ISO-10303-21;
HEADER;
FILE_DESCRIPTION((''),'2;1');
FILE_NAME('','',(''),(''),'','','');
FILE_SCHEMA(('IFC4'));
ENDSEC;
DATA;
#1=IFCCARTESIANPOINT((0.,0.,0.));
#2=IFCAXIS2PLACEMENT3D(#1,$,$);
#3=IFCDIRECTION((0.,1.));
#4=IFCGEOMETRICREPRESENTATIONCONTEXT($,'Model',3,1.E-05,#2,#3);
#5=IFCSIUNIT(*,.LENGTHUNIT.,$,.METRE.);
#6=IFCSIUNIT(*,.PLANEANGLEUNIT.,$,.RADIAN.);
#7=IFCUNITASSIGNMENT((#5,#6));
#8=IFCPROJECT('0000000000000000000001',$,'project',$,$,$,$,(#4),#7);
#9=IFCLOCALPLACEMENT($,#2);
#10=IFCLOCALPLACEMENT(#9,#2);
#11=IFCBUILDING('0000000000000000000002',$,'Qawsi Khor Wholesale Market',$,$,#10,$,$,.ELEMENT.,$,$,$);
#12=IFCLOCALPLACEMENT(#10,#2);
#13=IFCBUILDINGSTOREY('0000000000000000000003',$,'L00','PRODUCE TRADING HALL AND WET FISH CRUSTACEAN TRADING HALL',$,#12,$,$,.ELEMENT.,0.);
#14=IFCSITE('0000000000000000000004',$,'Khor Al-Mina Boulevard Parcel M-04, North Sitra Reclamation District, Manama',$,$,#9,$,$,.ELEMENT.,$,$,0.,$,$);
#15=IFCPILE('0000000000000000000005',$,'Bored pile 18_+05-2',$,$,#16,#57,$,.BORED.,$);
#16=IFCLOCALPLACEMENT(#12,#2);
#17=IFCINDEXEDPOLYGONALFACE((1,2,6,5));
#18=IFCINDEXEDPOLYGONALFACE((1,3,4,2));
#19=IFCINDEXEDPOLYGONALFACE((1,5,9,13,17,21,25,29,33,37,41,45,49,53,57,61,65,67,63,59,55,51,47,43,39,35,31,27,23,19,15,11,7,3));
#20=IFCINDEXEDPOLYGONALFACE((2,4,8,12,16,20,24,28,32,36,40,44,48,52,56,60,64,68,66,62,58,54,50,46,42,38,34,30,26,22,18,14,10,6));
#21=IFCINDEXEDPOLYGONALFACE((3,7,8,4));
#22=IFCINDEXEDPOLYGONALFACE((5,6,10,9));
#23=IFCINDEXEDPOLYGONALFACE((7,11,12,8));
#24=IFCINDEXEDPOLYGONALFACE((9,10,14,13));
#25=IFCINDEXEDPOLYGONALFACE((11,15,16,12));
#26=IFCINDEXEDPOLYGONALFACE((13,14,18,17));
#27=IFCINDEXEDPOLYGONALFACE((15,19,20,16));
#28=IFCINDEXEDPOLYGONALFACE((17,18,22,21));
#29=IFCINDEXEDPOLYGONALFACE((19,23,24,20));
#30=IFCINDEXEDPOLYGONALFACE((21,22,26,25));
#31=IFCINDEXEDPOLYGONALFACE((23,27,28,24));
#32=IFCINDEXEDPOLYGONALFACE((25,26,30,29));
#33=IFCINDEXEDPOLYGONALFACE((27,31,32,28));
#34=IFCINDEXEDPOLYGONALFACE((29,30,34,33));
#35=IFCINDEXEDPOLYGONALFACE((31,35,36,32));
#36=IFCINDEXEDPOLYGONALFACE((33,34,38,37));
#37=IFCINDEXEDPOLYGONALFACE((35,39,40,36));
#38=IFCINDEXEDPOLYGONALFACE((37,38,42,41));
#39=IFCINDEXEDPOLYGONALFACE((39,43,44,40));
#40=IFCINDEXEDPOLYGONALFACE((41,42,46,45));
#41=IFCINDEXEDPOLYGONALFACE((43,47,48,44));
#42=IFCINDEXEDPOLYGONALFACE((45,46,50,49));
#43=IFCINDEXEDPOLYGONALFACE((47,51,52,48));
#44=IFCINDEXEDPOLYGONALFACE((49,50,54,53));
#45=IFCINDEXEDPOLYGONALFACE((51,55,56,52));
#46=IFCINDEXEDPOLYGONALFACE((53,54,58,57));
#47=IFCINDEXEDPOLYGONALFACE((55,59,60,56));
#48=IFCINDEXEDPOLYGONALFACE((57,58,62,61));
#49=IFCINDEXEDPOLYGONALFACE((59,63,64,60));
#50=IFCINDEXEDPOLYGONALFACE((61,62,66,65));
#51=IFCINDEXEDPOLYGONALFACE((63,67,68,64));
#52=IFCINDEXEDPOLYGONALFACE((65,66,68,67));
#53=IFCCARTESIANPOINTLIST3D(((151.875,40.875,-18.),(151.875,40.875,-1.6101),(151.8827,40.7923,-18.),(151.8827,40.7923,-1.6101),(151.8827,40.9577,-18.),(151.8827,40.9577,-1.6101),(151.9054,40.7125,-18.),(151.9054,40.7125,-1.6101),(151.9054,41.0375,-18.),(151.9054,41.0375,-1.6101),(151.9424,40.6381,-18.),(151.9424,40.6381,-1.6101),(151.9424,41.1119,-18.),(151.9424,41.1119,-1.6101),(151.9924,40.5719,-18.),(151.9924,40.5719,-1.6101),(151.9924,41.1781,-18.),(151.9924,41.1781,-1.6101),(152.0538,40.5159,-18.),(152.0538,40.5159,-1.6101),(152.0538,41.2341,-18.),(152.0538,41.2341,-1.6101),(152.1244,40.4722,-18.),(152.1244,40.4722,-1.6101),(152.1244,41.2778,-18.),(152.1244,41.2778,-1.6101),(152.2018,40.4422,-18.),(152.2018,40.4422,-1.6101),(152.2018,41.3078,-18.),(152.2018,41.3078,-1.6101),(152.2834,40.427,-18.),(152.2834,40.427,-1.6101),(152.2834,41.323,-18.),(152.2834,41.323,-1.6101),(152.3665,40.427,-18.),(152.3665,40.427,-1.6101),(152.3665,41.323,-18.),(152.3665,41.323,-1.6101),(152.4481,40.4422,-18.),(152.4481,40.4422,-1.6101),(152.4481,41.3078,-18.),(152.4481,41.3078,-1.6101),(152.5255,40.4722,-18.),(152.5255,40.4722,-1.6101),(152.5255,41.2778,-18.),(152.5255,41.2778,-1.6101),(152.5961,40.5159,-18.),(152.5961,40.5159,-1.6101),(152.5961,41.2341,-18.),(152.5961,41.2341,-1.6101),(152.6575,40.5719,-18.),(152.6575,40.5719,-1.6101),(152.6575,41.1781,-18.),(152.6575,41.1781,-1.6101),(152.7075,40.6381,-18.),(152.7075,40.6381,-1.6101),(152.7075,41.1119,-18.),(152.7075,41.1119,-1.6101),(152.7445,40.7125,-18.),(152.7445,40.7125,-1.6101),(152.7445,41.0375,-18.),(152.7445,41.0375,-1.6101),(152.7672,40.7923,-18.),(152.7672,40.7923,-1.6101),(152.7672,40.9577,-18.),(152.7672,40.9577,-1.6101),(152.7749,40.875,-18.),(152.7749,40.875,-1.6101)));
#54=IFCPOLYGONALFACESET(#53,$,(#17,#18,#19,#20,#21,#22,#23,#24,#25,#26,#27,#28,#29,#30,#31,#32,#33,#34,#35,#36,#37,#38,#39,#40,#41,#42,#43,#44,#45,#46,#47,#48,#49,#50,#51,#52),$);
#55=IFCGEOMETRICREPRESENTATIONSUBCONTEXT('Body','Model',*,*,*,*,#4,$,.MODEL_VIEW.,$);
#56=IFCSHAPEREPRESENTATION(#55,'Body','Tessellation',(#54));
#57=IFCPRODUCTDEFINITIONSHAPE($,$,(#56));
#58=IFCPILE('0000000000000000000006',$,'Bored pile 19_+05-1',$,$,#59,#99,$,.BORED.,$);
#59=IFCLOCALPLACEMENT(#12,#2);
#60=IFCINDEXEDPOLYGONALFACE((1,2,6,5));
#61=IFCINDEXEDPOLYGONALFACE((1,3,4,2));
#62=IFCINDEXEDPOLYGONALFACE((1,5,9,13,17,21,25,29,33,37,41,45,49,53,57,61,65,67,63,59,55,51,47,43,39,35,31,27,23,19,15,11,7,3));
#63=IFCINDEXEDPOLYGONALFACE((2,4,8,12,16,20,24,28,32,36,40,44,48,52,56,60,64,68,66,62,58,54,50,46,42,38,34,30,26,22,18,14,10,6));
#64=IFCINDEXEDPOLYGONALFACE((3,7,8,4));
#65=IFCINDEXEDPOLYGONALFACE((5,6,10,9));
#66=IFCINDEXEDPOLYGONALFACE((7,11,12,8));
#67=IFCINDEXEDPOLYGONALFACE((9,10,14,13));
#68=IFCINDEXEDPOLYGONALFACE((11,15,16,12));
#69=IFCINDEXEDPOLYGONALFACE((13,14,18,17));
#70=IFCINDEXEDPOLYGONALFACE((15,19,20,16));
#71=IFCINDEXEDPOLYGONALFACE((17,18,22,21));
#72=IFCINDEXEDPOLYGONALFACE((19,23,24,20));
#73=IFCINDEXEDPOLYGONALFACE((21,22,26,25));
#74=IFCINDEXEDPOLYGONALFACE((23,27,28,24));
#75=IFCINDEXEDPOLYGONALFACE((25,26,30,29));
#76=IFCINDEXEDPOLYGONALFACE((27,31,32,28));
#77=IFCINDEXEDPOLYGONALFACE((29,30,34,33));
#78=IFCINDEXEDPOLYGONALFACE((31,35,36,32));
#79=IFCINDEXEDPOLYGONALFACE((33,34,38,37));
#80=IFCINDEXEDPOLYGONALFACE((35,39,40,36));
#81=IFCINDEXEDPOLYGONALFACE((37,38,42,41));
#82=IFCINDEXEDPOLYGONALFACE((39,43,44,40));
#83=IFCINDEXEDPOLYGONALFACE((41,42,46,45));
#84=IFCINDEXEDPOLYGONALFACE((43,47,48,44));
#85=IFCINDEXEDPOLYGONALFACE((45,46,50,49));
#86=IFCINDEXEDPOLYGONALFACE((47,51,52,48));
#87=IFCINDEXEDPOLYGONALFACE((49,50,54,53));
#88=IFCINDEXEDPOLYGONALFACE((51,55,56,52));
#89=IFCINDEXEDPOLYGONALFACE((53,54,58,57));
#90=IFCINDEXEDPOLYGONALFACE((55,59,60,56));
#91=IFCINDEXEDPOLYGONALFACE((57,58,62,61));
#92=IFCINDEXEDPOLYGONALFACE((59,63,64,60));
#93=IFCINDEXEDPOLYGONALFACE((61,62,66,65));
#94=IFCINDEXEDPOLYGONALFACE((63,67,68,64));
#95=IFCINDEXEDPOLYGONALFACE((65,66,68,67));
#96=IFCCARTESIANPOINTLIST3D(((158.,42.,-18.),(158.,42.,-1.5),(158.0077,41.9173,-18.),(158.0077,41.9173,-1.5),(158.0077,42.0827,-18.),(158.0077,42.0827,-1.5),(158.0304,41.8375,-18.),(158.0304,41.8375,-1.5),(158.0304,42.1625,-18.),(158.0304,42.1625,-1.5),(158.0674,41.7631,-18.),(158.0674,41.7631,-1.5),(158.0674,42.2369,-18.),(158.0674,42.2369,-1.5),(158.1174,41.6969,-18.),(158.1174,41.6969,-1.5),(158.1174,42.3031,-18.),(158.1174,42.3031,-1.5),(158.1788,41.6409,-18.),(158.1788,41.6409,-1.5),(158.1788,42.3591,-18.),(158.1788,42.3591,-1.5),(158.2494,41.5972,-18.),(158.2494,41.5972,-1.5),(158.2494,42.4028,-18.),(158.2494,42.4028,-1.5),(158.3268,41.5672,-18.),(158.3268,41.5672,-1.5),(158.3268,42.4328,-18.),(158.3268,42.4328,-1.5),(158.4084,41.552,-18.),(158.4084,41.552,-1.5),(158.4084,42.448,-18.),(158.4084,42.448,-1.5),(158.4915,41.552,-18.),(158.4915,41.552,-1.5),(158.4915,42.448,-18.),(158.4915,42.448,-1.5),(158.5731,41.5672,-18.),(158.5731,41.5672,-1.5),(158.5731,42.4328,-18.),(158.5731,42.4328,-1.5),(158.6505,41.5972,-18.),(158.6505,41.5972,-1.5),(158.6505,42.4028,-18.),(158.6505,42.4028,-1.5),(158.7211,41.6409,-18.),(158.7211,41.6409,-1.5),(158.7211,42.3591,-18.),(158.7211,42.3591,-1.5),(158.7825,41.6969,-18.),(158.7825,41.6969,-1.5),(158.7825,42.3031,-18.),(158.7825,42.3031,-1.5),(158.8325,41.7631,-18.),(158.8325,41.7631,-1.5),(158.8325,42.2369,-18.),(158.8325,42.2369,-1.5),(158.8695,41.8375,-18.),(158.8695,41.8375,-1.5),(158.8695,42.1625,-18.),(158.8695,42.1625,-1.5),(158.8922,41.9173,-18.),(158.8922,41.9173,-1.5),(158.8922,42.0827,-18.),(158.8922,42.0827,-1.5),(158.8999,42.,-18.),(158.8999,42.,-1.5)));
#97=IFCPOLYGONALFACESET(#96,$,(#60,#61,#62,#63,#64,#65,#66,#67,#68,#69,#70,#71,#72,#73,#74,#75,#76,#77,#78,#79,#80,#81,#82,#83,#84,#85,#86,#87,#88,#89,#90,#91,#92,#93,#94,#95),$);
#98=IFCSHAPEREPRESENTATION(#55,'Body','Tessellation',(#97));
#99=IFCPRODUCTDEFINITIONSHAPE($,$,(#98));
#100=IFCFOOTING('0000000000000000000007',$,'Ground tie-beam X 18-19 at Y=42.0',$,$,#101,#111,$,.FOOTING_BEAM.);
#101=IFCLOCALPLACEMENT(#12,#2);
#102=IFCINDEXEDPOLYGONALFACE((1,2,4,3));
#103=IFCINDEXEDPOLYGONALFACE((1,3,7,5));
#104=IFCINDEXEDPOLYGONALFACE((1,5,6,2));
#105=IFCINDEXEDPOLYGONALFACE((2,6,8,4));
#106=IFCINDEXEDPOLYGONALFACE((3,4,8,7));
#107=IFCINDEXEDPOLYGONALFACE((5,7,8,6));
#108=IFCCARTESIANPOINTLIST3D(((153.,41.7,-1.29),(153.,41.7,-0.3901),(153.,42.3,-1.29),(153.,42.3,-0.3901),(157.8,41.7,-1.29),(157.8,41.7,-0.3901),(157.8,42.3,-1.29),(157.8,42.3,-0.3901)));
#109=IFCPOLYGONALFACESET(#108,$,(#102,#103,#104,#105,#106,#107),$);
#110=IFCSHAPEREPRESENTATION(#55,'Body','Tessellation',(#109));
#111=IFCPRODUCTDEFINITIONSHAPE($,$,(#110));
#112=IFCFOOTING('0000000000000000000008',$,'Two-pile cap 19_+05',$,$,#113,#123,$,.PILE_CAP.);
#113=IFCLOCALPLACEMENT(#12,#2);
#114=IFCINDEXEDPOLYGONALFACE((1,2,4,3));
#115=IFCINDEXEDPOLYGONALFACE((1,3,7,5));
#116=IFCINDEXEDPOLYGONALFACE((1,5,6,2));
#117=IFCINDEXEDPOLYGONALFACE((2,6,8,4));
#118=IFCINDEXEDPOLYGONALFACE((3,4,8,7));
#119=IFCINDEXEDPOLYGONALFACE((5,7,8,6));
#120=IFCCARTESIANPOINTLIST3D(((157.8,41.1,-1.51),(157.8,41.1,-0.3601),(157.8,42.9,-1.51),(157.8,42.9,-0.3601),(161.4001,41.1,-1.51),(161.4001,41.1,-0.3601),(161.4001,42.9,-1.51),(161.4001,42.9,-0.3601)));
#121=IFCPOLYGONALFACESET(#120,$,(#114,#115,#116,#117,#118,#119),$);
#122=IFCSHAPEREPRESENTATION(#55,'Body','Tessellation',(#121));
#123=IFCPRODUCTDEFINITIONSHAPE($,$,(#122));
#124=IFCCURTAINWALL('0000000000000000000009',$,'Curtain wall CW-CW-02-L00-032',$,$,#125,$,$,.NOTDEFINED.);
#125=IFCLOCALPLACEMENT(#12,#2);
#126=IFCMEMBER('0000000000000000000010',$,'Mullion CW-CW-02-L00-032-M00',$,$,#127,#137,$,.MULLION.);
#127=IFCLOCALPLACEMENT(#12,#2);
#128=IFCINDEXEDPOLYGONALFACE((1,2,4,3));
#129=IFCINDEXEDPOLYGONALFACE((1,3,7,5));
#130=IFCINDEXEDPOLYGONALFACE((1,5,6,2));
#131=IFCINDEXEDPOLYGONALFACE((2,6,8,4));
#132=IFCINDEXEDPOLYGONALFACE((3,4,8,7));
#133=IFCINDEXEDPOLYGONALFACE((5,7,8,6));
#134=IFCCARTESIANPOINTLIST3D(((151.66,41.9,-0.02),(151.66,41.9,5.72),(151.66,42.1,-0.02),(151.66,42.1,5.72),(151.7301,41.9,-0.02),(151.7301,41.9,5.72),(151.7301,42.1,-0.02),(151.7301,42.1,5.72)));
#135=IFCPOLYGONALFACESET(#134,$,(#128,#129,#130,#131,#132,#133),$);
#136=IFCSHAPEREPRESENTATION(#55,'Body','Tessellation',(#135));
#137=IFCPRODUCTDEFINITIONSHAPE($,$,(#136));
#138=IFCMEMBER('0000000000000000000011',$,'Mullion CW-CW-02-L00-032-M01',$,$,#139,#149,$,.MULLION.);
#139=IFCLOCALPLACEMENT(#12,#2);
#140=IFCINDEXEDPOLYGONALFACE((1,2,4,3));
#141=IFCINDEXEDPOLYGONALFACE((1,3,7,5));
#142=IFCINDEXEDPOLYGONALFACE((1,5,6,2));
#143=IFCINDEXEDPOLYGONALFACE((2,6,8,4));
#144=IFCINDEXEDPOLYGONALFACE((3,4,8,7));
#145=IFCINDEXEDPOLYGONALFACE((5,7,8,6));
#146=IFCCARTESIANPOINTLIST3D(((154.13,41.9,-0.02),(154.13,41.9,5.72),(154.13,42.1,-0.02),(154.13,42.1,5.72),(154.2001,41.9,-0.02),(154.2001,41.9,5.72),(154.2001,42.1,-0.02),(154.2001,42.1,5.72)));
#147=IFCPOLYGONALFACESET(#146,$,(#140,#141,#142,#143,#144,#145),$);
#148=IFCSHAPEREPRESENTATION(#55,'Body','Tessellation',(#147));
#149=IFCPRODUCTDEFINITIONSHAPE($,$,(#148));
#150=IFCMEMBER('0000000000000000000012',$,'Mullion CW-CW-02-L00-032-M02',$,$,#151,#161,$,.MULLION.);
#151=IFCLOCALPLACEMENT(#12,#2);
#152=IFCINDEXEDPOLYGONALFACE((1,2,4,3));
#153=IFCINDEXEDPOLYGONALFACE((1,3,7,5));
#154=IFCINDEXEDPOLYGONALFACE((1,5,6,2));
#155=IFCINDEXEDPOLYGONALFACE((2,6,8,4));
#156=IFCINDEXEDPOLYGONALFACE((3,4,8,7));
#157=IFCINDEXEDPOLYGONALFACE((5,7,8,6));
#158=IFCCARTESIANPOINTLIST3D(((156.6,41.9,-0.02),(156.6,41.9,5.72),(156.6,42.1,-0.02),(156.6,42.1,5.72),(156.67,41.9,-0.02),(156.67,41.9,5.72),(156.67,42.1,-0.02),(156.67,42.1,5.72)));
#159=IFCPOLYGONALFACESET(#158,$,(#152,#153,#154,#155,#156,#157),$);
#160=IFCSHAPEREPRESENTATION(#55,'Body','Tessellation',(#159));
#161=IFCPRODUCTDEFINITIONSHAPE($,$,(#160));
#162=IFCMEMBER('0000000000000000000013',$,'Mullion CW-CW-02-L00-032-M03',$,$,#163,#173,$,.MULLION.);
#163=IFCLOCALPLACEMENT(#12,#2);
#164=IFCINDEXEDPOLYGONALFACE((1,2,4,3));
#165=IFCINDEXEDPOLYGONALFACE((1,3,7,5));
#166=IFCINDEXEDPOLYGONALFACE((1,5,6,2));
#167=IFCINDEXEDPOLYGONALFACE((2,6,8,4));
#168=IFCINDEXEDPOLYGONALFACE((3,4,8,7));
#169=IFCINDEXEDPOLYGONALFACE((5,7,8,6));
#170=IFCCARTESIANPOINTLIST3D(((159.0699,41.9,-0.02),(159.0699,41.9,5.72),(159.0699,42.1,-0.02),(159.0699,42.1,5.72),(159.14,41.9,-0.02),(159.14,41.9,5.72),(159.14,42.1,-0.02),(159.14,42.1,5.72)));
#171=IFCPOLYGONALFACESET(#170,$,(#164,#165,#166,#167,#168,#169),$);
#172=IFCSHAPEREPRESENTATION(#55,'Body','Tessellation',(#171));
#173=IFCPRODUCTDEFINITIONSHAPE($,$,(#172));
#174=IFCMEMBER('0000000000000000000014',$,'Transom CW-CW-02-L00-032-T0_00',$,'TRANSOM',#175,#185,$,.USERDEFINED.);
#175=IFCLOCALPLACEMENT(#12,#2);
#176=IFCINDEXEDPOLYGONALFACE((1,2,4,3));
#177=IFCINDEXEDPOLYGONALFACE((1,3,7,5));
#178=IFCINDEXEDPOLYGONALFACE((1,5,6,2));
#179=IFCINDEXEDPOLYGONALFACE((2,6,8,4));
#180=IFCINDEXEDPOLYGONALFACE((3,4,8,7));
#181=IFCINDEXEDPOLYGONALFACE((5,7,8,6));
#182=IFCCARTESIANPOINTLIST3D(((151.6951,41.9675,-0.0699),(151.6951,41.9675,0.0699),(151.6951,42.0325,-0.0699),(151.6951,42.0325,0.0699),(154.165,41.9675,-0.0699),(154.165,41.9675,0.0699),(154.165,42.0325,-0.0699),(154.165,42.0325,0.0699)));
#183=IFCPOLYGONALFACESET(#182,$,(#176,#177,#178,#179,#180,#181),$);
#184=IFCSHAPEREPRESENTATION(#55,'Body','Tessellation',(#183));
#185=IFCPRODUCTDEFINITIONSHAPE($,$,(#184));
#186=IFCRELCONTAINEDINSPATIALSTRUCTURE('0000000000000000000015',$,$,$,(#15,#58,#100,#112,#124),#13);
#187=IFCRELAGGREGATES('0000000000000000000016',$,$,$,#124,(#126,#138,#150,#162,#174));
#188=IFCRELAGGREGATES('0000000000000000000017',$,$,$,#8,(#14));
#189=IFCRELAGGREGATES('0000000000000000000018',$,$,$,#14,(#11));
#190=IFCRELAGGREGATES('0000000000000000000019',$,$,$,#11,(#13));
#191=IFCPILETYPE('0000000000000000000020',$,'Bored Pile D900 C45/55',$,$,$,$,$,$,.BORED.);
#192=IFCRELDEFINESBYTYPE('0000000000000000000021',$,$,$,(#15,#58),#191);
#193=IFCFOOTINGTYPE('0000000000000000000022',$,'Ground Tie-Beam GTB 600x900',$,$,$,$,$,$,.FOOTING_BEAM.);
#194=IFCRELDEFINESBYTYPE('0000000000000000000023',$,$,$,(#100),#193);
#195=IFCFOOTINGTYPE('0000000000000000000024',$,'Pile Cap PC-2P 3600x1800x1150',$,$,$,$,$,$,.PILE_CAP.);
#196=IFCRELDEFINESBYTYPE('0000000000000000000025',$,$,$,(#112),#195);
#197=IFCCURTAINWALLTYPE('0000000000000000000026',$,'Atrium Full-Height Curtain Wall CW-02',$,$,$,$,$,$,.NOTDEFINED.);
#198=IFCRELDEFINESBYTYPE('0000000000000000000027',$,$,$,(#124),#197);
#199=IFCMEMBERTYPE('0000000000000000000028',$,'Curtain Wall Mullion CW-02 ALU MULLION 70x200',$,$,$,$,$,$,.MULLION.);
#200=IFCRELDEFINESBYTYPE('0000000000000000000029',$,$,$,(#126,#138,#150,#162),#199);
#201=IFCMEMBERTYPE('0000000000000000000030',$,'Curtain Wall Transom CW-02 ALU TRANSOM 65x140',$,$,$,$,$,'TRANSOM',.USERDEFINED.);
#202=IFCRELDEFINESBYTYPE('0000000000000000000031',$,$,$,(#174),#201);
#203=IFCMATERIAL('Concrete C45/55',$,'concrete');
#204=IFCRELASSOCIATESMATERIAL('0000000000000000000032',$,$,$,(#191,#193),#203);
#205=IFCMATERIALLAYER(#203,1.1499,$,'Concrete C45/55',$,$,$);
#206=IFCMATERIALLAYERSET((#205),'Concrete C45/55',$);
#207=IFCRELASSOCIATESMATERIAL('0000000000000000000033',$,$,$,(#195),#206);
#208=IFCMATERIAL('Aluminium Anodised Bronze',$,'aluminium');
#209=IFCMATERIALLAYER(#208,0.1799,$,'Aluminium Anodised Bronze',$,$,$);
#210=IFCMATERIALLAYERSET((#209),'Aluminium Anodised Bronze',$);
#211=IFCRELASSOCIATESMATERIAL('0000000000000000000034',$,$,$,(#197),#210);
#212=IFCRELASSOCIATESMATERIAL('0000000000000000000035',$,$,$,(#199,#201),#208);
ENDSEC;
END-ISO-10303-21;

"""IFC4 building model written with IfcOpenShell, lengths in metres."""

from ifc_helpers import new_model, si_unit, direction, frame, origin, origin_2d, place, context, subcontext, project, spatial, rectangle, circle, extrude, material, layer, layer_set, material_profile, profile_set, type_object, element, aggregate, save


model = new_model("IFC4")

# Units and contexts
model_context = context("Model", 3, precision=1e-05, world=origin(), true_north=direction((0.0, 1.0)))
body_context = subcontext(model_context, "Body", "Model", "MODEL_VIEW")
ifc_project = project(units=[si_unit("LENGTHUNIT", "METRE"), si_unit("PLANEANGLEUNIT", "RADIAN")], contexts=[model_context])

# Site, building, storey
site_placement = place(None, origin())
site = spatial("IfcSite", under=ifc_project, at=site_placement, Name="Khor Al-Mina Boulevard Parcel M-04, North Sitra Reclamation District, Manama", CompositionType="ELEMENT", RefElevation=0.0)
building_placement = place(site_placement, origin())
building = spatial("IfcBuilding", under=site, at=building_placement, Name="Qawsi Khor Wholesale Market", CompositionType="ELEMENT")
storey_placement = place(building_placement, origin())
storey = spatial("IfcBuildingStorey", under=building, at=storey_placement, Name="L00", Description="PRODUCE TRADING HALL AND WET FISH CRUSTACEAN TRADING HALL", CompositionType="ELEMENT", Elevation=0.0)

# Piles
ifc_material_1 = material(Name="Concrete C45/55", Category="concrete")
ifc_material_profile_1 = material_profile(ifc_material_1, circle(Radius=0.45, at=origin_2d()), Name="PILE D900")
ifc_profile_set_1 = profile_set([ifc_material_profile_1], Name="Concrete C45/55")
pile_type = type_object("IfcPileType", Name="Bored Pile D900 C45/55", PredefinedType="BORED", material=ifc_profile_set_1)
pile_1_placement = place(storey_placement, frame((152.325, 40.875, -1.6101), z_axis=(0.0, 0.0, -1.0), x_axis=(1.0, 0.0, 0.0)))
element("IfcPile", 1, at=pile_1_placement, inside=storey, type_object=pile_type, Name="Bored pile 18_+05-2", PredefinedType="BORED", context=body_context, shape_type="SweptSolid", body=[
    extrude(circle(Radius=0.45, at=origin_2d()), origin(), (0.0, 0.0, 1.0), 16.3899),
])
pile_2_placement = place(storey_placement, frame((158.45, 42.0, -1.5), z_axis=(0.0, 0.0, -1.0), x_axis=(1.0, 0.0, 0.0)))
element("IfcPile", 2, at=pile_2_placement, inside=storey, type_object=pile_type, Name="Bored pile 19_+05-1", PredefinedType="BORED", context=body_context, shape_type="SweptSolid", body=[
    extrude(circle(Radius=0.45, at=origin_2d()), origin(), (0.0, 0.0, 1.0), 16.5),
])

# Footings
ifc_material_profile_2 = material_profile(ifc_material_1, rectangle(XDim=0.6001, YDim=0.8999, at=origin_2d()), Name="RC 600x900")
ifc_profile_set_2 = profile_set([ifc_material_profile_2], Name="Concrete C45/55")
footing_type_1 = type_object("IfcFootingType", Name="Ground Tie-Beam GTB 600x900", PredefinedType="FOOTING_BEAM", material=ifc_profile_set_2)
footing_1_placement = place(storey_placement, frame((153.0, 42.0, -0.8401), z_axis=(1.0, 0.0, 0.0), x_axis=(0.0, 1.0, 0.0)))
element("IfcFooting", 3, at=footing_1_placement, inside=storey, type_object=footing_type_1, Name="Ground tie-beam X 18-19 at Y=42.0", PredefinedType="FOOTING_BEAM", context=body_context, shape_type="SweptSolid", body=[
    extrude(rectangle(XDim=0.6001, YDim=0.8999, at=origin_2d()), origin(), (0.0, 0.0, 1.0), 4.8),
])
ifc_layer_1 = layer(ifc_material_1, 1.1499, Name="Concrete C45/55")
ifc_layer_set_1 = layer_set([ifc_layer_1], Name="Concrete C45/55")
footing_type_2 = type_object("IfcFootingType", Name="Pile Cap PC-2P 3600x1800x1150", PredefinedType="PILE_CAP", material=ifc_layer_set_1)
footing_2_placement = place(storey_placement, frame((159.6001, 42.0, -1.51), z_axis=(0.0, 0.0, 1.0), x_axis=(1.0, 0.0, 0.0)))
element("IfcFooting", 4, at=footing_2_placement, inside=storey, type_object=footing_type_2, Name="Two-pile cap 19_+05", PredefinedType="PILE_CAP", context=body_context, shape_type="SweptSolid", body=[
    extrude(rectangle(XDim=3.6001, YDim=1.8, at=origin_2d()), origin(), (0.0, 0.0, 1.0), 1.1499),
])

# Curtain wall, members
ifc_material_2 = material(Name="Aluminium Anodised Bronze", Category="aluminium")
ifc_layer_2 = layer(ifc_material_2, 0.1799, Name="Aluminium Anodised Bronze")
ifc_layer_set_2 = layer_set([ifc_layer_2], Name="Aluminium Anodised Bronze")
curtain_wall_type = type_object("IfcCurtainWallType", Name="Atrium Full-Height Curtain Wall CW-02", PredefinedType="NOTDEFINED", material=ifc_layer_set_2)
curtain_wall_placement = place(storey_placement, origin())
curtain_wall = element("IfcCurtainWall", 5, at=curtain_wall_placement, inside=storey, type_object=curtain_wall_type, Name="Curtain wall CW-CW-02-L00-032", PredefinedType="NOTDEFINED")
ifc_material_profile_3 = material_profile(ifc_material_2, rectangle(XDim=0.0701, YDim=0.2, at=origin_2d()), Name="ALU MULLION 70x200")
ifc_profile_set_3 = profile_set([ifc_material_profile_3], Name="Aluminium Anodised Bronze")
member_type_1 = type_object("IfcMemberType", Name="Curtain Wall Mullion CW-02 ALU MULLION 70x200", PredefinedType="MULLION", material=ifc_profile_set_3)
member_1_placement = place(storey_placement, frame((151.6951, 42.0, -0.02), z_axis=(0.0, 0.0, 1.0), x_axis=(1.0, 0.0, 0.0)))
member_1 = element("IfcMember", 6, at=member_1_placement, type_object=member_type_1, Name="Mullion CW-CW-02-L00-032-M00", PredefinedType="MULLION", context=body_context, shape_type="SweptSolid", body=[
    extrude(rectangle(XDim=0.0701, YDim=0.2, at=origin_2d()), origin(), (0.0, 0.0, 1.0), 5.74),
])
member_2_placement = place(storey_placement, frame((154.165, 42.0, -0.02), z_axis=(0.0, 0.0, 1.0), x_axis=(1.0, 0.0, 0.0)))
member_2 = element("IfcMember", 7, at=member_2_placement, type_object=member_type_1, Name="Mullion CW-CW-02-L00-032-M01", PredefinedType="MULLION", context=body_context, shape_type="SweptSolid", body=[
    extrude(rectangle(XDim=0.0701, YDim=0.2, at=origin_2d()), origin(), (0.0, 0.0, 1.0), 5.74),
])
member_3_placement = place(storey_placement, frame((156.635, 42.0, -0.02), z_axis=(0.0, 0.0, 1.0), x_axis=(1.0, 0.0, 0.0)))
member_3 = element("IfcMember", 8, at=member_3_placement, type_object=member_type_1, Name="Mullion CW-CW-02-L00-032-M02", PredefinedType="MULLION", context=body_context, shape_type="SweptSolid", body=[
    extrude(rectangle(XDim=0.0701, YDim=0.2, at=origin_2d()), origin(), (0.0, 0.0, 1.0), 5.74),
])
member_4_placement = place(storey_placement, frame((159.105, 42.0, -0.02), z_axis=(0.0, 0.0, 1.0), x_axis=(1.0, 0.0, 0.0)))
member_4 = element("IfcMember", 9, at=member_4_placement, type_object=member_type_1, Name="Mullion CW-CW-02-L00-032-M03", PredefinedType="MULLION", context=body_context, shape_type="SweptSolid", body=[
    extrude(rectangle(XDim=0.0701, YDim=0.2, at=origin_2d()), origin(), (0.0, 0.0, 1.0), 5.74),
])
ifc_material_profile_4 = material_profile(ifc_material_2, rectangle(XDim=0.0649, YDim=0.1399, at=origin_2d()), Name="ALU TRANSOM 65x140")
ifc_profile_set_4 = profile_set([ifc_material_profile_4], Name="Aluminium Anodised Bronze")
member_type_2 = type_object("IfcMemberType", Name="Curtain Wall Transom CW-02 ALU TRANSOM 65x140", ElementType="TRANSOM", PredefinedType="USERDEFINED", material=ifc_profile_set_4)
member_5_placement = place(storey_placement, frame((151.6951, 42.0, 0.0), z_axis=(1.0, 0.0, 0.0), x_axis=(0.0, 1.0, 0.0)))
member_5 = element("IfcMember", 10, at=member_5_placement, type_object=member_type_2, Name="Transom CW-CW-02-L00-032-T0_00", ObjectType="TRANSOM", PredefinedType="USERDEFINED", context=body_context, shape_type="SweptSolid", body=[
    extrude(rectangle(XDim=0.0649, YDim=0.1399, at=origin_2d()), origin(), (0.0, 0.0, 1.0), 2.47),
])
aggregate(curtain_wall, [member_1, member_2, member_3, member_4, member_5])

save(model, "model.ifc")
